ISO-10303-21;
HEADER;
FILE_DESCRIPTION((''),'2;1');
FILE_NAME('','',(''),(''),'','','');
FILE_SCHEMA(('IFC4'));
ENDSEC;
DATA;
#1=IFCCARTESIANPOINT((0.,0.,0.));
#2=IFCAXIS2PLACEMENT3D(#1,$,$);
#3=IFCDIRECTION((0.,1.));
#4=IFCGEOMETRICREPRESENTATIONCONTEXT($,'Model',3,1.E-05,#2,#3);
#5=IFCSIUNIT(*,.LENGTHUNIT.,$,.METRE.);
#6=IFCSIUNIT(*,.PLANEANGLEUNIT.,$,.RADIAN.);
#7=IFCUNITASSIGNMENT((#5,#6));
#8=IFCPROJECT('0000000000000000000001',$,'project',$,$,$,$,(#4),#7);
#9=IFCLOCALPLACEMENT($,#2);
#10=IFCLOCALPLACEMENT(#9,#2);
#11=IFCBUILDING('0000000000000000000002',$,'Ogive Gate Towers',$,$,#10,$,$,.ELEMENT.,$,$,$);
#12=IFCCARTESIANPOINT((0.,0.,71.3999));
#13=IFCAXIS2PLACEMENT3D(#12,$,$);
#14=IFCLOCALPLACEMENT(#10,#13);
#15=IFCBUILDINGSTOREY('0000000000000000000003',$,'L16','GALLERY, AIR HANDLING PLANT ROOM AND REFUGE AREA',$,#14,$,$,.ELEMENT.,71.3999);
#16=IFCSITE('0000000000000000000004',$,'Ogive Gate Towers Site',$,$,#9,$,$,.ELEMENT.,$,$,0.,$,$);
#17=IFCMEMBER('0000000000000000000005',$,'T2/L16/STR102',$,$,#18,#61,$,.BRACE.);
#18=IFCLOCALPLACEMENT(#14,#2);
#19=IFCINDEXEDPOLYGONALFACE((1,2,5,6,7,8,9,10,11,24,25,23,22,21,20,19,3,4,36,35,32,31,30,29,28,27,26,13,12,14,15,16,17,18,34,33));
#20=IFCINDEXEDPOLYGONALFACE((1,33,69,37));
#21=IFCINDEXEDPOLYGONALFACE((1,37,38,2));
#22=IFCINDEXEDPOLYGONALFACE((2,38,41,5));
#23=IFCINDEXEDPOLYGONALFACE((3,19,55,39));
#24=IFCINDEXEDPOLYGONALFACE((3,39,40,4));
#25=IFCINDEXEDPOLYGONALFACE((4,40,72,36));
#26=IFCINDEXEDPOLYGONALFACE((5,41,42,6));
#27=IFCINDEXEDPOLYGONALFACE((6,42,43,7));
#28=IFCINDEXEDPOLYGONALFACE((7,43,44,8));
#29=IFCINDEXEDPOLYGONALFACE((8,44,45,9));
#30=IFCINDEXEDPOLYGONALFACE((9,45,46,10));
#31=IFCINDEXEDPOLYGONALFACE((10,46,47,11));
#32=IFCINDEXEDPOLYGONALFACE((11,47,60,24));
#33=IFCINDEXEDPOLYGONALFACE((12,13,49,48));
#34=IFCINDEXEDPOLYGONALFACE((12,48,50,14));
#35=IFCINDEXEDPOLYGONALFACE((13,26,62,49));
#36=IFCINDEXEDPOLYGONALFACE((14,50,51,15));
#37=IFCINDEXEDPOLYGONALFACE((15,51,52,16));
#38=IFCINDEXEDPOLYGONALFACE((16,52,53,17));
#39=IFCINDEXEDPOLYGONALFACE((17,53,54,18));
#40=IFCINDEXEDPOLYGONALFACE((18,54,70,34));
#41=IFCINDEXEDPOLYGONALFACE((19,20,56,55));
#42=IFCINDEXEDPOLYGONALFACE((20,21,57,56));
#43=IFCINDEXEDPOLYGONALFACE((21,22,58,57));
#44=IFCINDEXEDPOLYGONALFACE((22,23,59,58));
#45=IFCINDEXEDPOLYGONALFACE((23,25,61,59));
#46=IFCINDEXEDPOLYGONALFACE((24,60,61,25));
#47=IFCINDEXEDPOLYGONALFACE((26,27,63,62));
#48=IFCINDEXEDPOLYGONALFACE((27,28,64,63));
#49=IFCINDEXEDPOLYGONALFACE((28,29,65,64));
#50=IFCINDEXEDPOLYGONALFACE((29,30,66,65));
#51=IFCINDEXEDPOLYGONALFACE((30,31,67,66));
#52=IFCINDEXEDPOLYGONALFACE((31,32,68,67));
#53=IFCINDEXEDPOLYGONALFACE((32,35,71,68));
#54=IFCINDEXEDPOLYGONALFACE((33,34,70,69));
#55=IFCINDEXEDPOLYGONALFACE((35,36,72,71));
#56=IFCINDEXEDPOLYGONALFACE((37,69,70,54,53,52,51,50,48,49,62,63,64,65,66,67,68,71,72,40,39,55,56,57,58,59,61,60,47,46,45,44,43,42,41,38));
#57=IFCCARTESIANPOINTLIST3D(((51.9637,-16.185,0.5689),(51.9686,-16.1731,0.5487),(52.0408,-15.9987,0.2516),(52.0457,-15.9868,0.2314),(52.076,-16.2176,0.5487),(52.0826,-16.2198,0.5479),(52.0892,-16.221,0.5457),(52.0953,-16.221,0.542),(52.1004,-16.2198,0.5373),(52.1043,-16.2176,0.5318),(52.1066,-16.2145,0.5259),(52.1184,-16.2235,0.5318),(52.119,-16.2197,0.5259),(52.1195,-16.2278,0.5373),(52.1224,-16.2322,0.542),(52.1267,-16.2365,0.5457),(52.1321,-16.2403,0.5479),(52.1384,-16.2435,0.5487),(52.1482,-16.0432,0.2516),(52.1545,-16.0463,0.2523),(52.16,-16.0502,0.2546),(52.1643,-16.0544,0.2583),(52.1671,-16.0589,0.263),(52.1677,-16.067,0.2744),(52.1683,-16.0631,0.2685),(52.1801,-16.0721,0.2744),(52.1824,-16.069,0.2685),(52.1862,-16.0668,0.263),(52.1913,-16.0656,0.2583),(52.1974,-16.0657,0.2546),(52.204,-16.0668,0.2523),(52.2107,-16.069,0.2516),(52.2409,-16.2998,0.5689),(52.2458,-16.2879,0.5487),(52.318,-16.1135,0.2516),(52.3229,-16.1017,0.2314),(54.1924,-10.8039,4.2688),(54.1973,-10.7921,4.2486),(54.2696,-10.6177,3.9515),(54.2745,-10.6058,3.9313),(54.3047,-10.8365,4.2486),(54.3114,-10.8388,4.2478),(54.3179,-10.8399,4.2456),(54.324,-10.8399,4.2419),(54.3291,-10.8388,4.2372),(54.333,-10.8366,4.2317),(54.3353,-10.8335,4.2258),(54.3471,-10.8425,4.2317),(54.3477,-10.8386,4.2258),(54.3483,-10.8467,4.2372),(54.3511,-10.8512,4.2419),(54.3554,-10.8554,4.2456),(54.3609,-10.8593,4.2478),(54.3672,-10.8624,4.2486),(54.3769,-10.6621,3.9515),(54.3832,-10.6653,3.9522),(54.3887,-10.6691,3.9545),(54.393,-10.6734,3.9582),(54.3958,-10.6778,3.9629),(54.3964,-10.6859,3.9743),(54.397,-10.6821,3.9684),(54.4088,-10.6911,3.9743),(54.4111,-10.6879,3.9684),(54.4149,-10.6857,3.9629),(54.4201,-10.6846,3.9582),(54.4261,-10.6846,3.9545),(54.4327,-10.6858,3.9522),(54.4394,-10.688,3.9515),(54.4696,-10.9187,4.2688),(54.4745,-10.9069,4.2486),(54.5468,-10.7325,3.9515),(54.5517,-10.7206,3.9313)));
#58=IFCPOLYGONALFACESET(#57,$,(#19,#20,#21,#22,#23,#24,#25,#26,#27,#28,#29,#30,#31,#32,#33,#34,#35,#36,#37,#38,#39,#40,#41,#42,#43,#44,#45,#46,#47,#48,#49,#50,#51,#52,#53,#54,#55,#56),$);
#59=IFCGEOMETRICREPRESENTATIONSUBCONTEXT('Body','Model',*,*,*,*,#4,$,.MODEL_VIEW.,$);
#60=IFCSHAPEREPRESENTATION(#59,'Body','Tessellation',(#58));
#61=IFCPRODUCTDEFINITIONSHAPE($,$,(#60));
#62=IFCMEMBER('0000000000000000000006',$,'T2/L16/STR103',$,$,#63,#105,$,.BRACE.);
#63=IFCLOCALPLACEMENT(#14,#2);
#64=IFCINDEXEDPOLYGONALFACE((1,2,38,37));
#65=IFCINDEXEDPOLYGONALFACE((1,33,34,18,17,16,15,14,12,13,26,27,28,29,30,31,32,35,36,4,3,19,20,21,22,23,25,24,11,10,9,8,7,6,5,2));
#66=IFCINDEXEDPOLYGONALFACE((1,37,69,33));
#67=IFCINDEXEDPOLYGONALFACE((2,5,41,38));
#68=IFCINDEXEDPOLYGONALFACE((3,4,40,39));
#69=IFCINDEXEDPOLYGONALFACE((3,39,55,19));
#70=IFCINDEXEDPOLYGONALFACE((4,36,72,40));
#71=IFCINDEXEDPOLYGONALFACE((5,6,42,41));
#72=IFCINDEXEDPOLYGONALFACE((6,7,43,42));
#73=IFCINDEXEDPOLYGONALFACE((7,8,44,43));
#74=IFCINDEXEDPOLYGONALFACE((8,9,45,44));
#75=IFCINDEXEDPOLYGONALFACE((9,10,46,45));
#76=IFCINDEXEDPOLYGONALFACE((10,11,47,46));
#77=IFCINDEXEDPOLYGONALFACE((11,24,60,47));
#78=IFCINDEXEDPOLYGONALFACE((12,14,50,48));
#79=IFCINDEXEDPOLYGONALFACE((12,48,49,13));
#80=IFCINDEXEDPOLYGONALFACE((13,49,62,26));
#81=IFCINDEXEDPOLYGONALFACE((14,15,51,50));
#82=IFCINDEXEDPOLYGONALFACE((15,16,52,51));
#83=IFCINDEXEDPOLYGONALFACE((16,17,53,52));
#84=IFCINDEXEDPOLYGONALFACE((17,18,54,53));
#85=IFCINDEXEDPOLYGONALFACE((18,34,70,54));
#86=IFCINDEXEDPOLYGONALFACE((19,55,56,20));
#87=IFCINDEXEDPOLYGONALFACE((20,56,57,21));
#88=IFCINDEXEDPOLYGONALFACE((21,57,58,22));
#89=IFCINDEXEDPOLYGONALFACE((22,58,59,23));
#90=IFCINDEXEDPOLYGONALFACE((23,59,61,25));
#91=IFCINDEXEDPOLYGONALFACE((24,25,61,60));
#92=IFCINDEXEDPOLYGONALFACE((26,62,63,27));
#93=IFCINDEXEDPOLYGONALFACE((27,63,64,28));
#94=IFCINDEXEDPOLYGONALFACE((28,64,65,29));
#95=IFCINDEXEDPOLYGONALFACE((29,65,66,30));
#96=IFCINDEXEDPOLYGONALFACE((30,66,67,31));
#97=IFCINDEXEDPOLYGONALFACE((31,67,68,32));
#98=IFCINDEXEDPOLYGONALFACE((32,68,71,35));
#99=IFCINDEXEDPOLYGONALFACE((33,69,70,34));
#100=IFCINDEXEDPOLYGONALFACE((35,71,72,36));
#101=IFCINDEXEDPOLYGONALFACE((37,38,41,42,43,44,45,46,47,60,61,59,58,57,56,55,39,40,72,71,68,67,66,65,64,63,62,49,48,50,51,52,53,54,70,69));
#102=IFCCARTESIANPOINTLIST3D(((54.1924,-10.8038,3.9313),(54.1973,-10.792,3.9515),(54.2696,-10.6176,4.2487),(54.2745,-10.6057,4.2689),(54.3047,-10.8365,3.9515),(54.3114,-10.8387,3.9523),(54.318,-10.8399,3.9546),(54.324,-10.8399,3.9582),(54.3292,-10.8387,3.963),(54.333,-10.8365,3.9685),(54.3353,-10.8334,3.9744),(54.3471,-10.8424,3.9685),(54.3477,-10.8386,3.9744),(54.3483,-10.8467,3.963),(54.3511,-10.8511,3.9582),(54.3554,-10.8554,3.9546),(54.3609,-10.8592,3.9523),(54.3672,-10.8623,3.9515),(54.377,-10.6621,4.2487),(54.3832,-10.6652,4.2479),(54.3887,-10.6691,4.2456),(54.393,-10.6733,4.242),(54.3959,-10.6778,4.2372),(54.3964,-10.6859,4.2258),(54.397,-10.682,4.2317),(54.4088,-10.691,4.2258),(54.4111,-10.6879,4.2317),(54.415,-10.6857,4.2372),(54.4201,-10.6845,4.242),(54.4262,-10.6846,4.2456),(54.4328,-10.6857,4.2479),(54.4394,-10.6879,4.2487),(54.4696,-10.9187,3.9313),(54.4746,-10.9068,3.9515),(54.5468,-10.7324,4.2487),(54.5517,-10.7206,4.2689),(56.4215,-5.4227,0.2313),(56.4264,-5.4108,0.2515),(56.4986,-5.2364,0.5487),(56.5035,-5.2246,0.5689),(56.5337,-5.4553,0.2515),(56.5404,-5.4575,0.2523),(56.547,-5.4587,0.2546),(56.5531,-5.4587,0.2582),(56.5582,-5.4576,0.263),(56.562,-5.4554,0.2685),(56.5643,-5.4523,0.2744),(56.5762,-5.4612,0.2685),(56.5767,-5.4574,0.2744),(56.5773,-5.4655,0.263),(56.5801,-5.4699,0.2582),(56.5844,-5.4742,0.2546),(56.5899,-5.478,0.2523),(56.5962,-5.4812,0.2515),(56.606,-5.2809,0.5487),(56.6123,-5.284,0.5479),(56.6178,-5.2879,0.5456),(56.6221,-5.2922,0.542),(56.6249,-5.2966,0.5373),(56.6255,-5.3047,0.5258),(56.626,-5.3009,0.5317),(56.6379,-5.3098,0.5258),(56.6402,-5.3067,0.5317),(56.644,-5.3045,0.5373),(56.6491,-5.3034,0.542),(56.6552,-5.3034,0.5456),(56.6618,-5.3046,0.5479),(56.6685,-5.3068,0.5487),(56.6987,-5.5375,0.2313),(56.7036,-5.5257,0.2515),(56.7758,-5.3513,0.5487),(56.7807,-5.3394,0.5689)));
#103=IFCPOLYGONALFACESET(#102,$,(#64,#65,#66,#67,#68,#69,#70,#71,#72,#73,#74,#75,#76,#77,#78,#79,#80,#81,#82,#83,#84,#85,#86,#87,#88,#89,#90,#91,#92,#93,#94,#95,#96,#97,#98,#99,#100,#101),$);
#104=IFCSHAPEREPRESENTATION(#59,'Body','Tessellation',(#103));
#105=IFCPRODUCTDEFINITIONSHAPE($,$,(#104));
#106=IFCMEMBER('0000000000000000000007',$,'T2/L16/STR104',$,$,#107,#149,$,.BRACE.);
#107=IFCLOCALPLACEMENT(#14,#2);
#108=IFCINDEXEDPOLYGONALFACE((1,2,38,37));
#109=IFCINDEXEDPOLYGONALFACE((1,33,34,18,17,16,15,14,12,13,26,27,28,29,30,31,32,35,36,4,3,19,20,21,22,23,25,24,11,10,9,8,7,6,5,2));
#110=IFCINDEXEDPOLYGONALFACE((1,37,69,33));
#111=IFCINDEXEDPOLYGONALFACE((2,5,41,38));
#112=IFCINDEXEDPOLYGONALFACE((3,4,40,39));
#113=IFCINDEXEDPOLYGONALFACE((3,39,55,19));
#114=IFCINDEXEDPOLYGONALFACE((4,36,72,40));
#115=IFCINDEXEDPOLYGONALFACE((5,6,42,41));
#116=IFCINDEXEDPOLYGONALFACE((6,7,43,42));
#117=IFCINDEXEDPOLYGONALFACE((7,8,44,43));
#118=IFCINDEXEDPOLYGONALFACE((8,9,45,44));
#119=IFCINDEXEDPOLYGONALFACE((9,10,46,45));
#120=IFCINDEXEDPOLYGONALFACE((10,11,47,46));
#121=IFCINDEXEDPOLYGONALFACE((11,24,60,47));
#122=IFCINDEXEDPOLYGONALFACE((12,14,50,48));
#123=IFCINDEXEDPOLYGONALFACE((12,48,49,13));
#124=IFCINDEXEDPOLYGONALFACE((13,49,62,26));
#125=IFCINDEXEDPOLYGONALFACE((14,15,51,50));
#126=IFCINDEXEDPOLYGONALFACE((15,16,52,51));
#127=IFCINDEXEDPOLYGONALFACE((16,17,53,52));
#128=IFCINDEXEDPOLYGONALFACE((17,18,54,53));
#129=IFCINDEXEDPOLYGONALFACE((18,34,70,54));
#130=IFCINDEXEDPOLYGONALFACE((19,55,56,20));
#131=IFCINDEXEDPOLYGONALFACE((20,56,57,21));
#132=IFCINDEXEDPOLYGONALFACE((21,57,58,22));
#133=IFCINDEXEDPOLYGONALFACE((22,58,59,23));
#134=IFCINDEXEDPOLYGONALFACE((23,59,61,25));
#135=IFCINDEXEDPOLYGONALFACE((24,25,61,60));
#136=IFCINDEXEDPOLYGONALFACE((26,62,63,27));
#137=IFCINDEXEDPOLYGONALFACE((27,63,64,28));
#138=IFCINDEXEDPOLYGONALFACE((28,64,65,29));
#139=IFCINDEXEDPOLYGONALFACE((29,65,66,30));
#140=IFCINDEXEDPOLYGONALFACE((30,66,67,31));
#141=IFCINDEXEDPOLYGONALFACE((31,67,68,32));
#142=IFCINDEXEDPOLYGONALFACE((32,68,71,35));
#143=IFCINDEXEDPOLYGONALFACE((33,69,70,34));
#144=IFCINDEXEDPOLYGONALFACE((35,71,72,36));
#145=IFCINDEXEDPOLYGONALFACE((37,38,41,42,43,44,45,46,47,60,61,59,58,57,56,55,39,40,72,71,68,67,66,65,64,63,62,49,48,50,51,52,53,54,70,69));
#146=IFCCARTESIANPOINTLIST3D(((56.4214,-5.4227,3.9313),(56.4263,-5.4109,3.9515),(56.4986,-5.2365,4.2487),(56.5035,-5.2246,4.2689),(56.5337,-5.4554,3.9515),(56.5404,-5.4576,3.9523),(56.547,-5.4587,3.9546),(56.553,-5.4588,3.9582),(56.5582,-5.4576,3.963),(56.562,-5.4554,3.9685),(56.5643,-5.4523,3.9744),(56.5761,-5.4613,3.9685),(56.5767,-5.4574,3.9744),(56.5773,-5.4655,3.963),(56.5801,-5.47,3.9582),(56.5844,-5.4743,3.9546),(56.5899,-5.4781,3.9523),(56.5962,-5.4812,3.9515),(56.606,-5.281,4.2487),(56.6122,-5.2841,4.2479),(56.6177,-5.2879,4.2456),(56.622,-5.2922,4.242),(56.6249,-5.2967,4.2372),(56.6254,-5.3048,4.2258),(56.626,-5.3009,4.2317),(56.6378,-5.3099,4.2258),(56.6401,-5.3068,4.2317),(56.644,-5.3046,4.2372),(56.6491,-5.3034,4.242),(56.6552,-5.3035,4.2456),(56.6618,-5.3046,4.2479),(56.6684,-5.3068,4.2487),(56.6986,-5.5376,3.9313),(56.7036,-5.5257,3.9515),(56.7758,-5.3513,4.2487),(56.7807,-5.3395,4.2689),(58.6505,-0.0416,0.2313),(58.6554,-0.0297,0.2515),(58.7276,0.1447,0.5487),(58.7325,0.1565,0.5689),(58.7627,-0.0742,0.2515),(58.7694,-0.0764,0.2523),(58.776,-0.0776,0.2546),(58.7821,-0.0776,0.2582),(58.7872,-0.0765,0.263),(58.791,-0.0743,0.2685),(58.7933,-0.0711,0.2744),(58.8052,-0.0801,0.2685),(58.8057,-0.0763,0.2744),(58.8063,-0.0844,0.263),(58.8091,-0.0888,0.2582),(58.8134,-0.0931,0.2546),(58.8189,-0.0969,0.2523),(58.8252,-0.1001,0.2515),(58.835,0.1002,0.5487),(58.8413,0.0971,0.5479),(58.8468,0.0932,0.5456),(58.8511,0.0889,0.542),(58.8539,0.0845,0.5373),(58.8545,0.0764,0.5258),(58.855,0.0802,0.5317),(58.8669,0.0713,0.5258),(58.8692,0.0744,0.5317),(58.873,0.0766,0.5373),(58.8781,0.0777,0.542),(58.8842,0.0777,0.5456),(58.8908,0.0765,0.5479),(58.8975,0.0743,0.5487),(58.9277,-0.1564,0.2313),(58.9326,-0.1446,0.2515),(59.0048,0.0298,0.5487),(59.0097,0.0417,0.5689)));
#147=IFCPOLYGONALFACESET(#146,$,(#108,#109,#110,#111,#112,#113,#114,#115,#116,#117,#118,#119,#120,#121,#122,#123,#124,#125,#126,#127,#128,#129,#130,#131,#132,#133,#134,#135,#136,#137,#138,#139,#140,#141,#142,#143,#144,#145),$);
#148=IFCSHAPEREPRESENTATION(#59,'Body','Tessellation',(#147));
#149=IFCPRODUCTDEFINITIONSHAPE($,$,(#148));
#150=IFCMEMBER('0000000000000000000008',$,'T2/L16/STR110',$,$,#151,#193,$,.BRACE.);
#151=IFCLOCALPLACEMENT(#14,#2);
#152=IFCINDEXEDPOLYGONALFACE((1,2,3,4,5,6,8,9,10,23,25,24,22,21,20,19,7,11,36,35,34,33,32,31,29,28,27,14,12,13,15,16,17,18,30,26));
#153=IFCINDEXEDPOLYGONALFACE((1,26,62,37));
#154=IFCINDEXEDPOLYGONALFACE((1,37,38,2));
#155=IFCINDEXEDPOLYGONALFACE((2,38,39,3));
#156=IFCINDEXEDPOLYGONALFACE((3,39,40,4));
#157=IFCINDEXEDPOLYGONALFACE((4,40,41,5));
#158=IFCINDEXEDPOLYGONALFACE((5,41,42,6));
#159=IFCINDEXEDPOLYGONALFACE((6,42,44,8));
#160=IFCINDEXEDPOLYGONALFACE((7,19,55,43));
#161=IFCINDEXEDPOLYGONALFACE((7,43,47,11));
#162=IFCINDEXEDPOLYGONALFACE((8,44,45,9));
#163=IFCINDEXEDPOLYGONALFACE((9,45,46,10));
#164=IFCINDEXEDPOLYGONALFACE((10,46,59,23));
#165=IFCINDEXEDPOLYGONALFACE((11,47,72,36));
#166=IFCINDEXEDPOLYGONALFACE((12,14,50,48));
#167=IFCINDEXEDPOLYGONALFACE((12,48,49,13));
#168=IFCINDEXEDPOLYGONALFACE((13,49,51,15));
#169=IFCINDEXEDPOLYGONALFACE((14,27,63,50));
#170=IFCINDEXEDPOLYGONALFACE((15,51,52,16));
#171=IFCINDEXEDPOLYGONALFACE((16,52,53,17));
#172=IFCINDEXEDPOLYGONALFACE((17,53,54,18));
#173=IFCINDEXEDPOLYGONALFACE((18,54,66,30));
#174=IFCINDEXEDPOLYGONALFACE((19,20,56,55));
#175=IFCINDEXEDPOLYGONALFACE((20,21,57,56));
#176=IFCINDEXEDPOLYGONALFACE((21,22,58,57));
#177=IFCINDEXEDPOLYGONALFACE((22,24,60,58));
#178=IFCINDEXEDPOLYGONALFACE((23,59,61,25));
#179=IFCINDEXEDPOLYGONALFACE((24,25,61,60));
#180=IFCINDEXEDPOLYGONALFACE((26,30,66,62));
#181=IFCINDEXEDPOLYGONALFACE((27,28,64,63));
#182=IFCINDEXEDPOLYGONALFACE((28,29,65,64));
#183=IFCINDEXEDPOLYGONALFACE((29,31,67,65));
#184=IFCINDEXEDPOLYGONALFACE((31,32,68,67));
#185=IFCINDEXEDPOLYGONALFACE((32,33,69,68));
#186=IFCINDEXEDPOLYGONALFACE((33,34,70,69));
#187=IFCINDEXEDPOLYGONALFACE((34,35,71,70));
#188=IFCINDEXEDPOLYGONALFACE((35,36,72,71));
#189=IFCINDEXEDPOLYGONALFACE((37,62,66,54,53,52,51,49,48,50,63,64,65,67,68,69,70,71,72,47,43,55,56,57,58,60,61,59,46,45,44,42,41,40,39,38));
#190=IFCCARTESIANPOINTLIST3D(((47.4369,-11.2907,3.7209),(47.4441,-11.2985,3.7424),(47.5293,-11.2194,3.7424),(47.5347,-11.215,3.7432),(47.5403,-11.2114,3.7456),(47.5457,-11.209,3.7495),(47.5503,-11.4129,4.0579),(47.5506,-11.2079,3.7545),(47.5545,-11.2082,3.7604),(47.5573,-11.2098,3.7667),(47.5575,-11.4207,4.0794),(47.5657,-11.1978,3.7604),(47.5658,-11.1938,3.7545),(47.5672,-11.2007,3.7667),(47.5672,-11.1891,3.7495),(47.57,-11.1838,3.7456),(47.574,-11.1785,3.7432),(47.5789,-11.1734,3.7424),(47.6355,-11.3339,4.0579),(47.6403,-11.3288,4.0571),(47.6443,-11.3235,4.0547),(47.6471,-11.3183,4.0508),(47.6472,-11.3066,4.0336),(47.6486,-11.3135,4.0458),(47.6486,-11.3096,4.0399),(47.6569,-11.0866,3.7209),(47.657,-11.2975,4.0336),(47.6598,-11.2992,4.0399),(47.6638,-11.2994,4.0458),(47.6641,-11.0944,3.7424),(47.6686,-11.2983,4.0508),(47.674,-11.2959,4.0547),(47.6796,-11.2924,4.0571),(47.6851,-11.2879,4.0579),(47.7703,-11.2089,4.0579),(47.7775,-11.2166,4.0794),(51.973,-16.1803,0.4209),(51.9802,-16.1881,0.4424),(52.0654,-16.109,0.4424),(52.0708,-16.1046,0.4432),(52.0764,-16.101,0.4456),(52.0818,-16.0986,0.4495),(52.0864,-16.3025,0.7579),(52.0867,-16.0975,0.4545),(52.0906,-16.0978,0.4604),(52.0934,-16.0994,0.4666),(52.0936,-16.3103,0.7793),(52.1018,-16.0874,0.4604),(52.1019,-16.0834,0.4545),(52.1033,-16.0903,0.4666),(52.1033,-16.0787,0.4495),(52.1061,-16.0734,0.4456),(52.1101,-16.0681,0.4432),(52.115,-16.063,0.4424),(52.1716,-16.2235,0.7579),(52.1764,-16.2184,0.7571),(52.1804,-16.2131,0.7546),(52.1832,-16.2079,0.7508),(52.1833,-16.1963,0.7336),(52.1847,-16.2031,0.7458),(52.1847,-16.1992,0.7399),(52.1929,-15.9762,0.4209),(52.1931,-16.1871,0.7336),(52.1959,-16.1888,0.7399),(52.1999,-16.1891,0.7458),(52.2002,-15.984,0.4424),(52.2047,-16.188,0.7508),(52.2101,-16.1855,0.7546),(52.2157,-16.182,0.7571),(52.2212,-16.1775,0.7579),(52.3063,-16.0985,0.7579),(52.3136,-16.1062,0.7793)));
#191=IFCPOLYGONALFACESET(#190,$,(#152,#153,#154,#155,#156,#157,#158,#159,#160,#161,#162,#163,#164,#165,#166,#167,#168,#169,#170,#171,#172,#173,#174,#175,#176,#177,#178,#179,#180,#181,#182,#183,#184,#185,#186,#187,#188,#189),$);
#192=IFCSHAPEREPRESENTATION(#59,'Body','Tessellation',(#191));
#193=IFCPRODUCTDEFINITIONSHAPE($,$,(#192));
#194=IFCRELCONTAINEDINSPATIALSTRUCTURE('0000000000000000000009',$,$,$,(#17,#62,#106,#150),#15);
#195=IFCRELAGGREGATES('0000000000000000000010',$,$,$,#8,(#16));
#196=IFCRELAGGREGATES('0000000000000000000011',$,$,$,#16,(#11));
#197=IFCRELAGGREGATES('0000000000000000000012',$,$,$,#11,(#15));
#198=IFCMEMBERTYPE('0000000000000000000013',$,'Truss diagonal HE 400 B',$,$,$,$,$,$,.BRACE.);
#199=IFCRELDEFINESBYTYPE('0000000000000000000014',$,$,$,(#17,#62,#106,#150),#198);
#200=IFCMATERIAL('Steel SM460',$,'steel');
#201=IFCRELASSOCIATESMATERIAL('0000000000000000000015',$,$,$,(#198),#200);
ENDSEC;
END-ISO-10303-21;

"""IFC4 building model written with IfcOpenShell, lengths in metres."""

from ifc_helpers import new_model, si_unit, direction, frame, origin, origin_2d, place, context, subcontext, project, spatial, i_section, extrude, material, material_profile, profile_set, type_object, element, save


model = new_model("IFC4")

# Units and contexts
model_context = context("Model", 3, precision=1e-05, world=origin(), true_north=direction((0.0, 1.0)))
body_context = subcontext(model_context, "Body", "Model", "MODEL_VIEW")
ifc_project = project(units=[si_unit("LENGTHUNIT", "METRE"), si_unit("PLANEANGLEUNIT", "RADIAN")], contexts=[model_context])

# Site, building, storey
site_placement = place(None, origin())
site = spatial("IfcSite", under=ifc_project, at=site_placement, Name="Ogive Gate Towers Site", CompositionType="ELEMENT", RefElevation=0.0)
building_placement = place(site_placement, origin())
building = spatial("IfcBuilding", under=site, at=building_placement, Name="Ogive Gate Towers", CompositionType="ELEMENT")
storey_placement = place(building_placement, frame((0.0, 0.0, 71.3999)))
storey = spatial("IfcBuildingStorey", under=building, at=storey_placement, Name="L16", Description="GALLERY, AIR HANDLING PLANT ROOM AND REFUGE AREA", CompositionType="ELEMENT", Elevation=71.3999)

# Shared definitions
ifc_material_1 = material(Name="Steel SM460", Category="steel")

# Members
ifc_material_profile_1 = material_profile(ifc_material_1, i_section(OverallWidth=0.3, OverallDepth=0.3999, WebThickness=0.0134, FlangeThickness=0.0239, FilletRadius=0.0271, at=origin_2d()), Name="HE 400 B")
ifc_profile_set_1 = profile_set([ifc_material_profile_1], Name="Steel SM460")
member_type_1 = type_object("IfcMemberType", Name="Truss diagonal HE 400 B", PredefinedType="BRACE", material=ifc_profile_set_1)
for number, where, z_axis, x_axis, name in (
    (1, (52.1433, -16.1433, 0.4001), (0.322998, 0.779843, 0.536206), (-0.92389, 0.382659, 0.0), "T2/L16/STR102"),
):
    element("IfcMember", number, at=place(storey_placement, frame(where, z_axis=z_axis, x_axis=x_axis)), inside=storey, type_object=member_type_1, Name=name, PredefinedType="BRACE", context=body_context, shape_type="SweptSolid", body=[
        extrude(i_section(OverallWidth=0.3, OverallDepth=0.3999, WebThickness=0.0134, FlangeThickness=0.0239, FilletRadius=0.0271, at=origin_2d()), origin(), (0.0, 0.0, 1.0), 6.9001),
    ])
for number, where, z_axis, x_axis, name in (
    (2, (54.3721, -10.7622, 4.1001), (0.323029, 0.779834, -0.5362), (-0.923875, 0.382695, 0.0), "T2/L16/STR103"),
    (3, (56.6011, -5.3811, 4.1001), (0.323029, 0.779834, -0.5362), (-0.923875, 0.382695, 0.0), "T2/L16/STR104"),
):
    element("IfcMember", number, at=place(storey_placement, frame(where, z_axis=z_axis, x_axis=x_axis)), inside=storey, type_object=member_type_1, Name=name, PredefinedType="BRACE", context=body_context, shape_type="SweptSolid", body=[
        extrude(i_section(OverallWidth=0.3, OverallDepth=0.3999, WebThickness=0.0134, FlangeThickness=0.0239, FilletRadius=0.0271, at=origin_2d()), origin(), (0.0, 0.0, 1.0), 6.9004),
    ])
member_1_placement = place(storey_placement, frame((47.6072, -11.2537, 3.9001), z_axis=(0.609575, -0.657081, -0.443467), x_axis=(0.733112, 0.680108, 0.0)))
element("IfcMember", 4, at=member_1_placement, inside=storey, type_object=member_type_1, Name="T2/L16/STR110", PredefinedType="BRACE", context=body_context, shape_type="SweptSolid", body=[
    extrude(i_section(OverallWidth=0.3, OverallDepth=0.3999, WebThickness=0.0134, FlangeThickness=0.0239, FilletRadius=0.0271, at=origin_2d()), origin(), (0.0, 0.0, 1.0), 7.4414),
])

save(model, "model.ifc")
